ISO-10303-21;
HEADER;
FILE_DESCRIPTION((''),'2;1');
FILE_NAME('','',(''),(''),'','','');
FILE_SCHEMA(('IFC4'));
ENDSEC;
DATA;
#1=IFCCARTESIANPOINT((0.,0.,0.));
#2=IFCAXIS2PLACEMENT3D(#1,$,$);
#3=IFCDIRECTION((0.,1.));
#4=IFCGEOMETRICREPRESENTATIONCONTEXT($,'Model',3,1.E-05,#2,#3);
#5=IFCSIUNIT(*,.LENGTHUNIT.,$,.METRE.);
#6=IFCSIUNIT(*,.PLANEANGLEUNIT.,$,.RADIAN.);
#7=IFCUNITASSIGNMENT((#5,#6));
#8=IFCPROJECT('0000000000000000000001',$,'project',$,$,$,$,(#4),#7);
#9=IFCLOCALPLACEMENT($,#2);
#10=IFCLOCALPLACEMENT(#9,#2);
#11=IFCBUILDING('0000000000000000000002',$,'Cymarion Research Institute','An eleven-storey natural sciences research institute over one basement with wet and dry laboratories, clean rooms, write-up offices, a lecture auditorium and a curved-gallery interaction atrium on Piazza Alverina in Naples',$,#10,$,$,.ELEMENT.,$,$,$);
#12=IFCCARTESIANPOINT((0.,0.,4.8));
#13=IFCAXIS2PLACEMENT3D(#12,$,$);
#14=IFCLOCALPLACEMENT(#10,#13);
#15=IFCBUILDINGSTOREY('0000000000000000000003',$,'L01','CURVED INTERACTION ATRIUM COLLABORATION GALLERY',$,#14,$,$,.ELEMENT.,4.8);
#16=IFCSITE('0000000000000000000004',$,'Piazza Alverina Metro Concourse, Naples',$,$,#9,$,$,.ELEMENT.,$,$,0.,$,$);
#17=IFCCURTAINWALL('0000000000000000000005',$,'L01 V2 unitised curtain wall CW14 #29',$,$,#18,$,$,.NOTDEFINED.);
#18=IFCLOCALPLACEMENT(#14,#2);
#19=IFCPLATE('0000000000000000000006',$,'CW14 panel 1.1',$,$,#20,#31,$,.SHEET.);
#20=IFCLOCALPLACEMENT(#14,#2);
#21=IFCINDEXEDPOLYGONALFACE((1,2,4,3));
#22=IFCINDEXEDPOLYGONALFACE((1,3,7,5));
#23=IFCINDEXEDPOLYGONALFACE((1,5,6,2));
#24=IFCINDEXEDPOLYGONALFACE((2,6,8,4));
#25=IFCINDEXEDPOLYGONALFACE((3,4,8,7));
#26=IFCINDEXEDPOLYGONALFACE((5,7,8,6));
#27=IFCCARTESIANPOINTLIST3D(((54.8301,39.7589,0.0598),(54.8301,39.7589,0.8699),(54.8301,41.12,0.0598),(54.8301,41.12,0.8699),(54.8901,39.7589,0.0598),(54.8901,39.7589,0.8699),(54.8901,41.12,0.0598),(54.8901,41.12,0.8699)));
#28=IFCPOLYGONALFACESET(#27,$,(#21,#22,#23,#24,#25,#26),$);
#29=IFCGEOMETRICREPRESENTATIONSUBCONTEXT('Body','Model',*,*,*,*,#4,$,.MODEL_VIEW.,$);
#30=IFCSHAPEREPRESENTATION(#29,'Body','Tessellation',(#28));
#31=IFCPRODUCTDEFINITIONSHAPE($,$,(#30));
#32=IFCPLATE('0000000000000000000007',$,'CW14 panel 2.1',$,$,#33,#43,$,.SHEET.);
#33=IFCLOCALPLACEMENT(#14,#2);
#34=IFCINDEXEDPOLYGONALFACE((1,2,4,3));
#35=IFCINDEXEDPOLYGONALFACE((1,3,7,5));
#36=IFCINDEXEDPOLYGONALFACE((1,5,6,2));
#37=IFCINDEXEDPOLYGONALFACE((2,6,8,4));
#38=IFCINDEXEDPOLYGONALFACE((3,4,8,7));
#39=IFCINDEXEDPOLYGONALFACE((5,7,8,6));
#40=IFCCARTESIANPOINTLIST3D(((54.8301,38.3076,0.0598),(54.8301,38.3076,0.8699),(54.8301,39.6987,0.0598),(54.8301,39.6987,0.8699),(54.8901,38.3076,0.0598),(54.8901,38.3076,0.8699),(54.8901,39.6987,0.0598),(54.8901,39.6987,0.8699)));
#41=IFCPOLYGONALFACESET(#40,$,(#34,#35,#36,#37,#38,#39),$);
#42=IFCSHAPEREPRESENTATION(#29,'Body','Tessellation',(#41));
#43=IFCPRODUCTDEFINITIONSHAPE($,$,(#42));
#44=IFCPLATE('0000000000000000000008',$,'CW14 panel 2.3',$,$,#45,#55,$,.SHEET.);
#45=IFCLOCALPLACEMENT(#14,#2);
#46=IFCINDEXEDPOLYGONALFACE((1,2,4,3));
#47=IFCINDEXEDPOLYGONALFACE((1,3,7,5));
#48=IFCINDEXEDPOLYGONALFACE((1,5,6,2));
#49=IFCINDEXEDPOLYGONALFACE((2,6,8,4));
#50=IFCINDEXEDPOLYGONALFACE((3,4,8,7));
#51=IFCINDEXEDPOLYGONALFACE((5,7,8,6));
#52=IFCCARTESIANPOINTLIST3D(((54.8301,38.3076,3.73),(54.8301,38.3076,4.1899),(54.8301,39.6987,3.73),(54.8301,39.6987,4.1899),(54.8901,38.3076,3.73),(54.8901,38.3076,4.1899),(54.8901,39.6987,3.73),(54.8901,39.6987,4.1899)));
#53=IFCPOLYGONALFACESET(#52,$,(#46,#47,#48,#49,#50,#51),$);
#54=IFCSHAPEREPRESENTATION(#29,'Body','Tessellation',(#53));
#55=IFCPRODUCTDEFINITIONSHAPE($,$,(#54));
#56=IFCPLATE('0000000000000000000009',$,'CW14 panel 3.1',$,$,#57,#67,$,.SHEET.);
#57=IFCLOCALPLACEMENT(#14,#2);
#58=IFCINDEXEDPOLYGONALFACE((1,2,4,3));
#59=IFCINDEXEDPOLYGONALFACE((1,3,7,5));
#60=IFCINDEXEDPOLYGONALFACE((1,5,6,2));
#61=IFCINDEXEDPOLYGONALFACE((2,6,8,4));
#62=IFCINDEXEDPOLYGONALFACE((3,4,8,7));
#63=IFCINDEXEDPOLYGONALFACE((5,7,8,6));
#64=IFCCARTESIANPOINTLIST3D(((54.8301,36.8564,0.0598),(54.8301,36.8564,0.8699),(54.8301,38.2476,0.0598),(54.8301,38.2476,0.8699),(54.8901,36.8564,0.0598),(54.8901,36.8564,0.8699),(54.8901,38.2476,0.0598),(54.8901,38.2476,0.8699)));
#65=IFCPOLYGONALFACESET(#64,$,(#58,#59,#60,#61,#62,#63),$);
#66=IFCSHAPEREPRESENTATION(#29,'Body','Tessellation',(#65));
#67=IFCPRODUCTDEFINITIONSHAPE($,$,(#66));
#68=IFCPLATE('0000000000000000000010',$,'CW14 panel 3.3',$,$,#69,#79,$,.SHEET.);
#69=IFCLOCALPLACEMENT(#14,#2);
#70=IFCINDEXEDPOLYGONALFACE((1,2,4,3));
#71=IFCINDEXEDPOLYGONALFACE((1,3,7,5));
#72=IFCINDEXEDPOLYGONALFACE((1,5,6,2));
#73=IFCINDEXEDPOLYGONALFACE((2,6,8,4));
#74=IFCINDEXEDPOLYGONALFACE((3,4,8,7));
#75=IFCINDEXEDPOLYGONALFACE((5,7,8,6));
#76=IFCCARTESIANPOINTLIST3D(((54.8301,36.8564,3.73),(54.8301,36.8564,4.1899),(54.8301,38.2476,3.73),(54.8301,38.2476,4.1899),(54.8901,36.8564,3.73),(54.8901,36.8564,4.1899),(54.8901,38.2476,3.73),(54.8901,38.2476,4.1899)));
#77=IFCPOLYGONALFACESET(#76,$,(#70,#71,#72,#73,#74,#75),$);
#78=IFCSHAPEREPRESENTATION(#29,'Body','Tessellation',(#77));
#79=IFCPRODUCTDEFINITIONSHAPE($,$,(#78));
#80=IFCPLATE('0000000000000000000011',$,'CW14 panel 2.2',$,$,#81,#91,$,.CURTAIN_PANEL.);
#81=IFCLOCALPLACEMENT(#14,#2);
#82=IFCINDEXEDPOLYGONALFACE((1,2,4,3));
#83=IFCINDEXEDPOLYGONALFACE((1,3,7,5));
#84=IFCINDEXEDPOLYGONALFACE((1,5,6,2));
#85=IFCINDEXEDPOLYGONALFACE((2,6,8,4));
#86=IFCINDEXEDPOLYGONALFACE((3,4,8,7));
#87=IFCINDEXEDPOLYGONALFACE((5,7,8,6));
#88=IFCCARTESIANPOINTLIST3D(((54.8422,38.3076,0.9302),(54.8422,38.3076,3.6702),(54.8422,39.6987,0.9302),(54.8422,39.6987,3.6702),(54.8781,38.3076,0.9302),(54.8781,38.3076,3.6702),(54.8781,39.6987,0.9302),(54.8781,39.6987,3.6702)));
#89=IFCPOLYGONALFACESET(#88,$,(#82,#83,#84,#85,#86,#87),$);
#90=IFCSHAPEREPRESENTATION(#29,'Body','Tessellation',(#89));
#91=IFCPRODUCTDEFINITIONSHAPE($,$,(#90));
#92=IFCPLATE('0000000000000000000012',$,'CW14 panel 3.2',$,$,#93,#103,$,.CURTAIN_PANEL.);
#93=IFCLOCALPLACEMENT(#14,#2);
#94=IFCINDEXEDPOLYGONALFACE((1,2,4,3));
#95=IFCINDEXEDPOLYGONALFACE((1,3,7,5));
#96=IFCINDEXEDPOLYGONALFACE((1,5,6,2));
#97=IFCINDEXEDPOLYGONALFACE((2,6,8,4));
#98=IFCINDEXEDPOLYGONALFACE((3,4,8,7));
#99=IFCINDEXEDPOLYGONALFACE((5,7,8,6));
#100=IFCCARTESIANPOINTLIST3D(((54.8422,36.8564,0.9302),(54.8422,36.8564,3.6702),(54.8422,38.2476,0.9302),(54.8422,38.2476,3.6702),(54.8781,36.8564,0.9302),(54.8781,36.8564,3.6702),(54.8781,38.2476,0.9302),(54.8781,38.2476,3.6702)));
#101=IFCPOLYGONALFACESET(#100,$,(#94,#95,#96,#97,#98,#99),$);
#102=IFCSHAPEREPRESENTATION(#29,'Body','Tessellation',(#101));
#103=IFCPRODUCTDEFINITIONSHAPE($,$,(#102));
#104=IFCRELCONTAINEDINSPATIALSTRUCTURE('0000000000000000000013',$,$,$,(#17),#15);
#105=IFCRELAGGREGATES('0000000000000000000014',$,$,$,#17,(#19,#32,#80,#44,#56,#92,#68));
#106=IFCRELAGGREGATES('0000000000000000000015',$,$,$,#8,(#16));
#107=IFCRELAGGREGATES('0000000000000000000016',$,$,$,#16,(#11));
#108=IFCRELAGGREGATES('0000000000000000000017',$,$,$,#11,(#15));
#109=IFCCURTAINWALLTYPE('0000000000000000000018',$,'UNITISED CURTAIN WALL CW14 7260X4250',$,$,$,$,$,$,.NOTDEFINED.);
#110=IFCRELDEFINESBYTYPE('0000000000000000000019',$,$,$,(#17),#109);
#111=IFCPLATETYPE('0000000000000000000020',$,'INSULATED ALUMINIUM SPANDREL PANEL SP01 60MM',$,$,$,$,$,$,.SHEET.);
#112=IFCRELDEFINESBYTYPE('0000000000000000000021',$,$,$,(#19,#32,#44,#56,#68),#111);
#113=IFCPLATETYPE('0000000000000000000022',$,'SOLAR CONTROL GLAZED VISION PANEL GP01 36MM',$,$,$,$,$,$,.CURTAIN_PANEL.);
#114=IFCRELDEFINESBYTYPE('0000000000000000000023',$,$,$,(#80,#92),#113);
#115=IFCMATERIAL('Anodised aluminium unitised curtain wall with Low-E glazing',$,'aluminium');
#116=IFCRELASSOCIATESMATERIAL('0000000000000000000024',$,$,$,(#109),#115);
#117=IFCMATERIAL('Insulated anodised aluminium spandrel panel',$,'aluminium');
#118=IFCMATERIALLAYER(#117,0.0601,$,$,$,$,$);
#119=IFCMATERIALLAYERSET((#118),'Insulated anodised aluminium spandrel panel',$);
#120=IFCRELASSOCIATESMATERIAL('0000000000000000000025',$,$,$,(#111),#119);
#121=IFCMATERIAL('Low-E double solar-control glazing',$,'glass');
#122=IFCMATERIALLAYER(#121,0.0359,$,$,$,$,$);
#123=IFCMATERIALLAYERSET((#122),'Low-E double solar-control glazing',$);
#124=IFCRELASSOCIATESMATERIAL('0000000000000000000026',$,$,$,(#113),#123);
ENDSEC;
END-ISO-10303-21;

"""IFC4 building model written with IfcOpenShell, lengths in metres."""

from ifc_helpers import new_model, si_unit, direction, frame, origin, origin_2d, place, context, subcontext, project, spatial, rectangle, extrude, material, layer, layer_set, type_object, element, aggregate, save


model = new_model("IFC4")

# Units and contexts
model_context = context("Model", 3, precision=1e-05, world=origin(), true_north=direction((0.0, 1.0)))
body_context = subcontext(model_context, "Body", "Model", "MODEL_VIEW")
ifc_project = project(units=[si_unit("LENGTHUNIT", "METRE"), si_unit("PLANEANGLEUNIT", "RADIAN")], contexts=[model_context])

# Site, building, storey
site_placement = place(None, origin())
site = spatial("IfcSite", under=ifc_project, at=site_placement, Name="Piazza Alverina Metro Concourse, Naples", CompositionType="ELEMENT", RefElevation=0.0)
building_placement = place(site_placement, origin())
building = spatial("IfcBuilding", under=site, at=building_placement, Name="Cymarion Research Institute", Description="An eleven-storey natural sciences research institute over one basement with wet and dry laboratories, clean rooms, write-up offices, a lecture auditorium and a curved-gallery interaction atrium on Piazza Alverina in Naples", CompositionType="ELEMENT")
storey_placement = place(building_placement, frame((0.0, 0.0, 4.8)))
storey = spatial("IfcBuildingStorey", under=building, at=storey_placement, Name="L01", Description="CURVED INTERACTION ATRIUM COLLABORATION GALLERY", CompositionType="ELEMENT", Elevation=4.8)

# Curtain wall
ifc_material_1 = material(Name="Anodised aluminium unitised curtain wall with Low-E glazing", Category="aluminium")
curtain_wall_type = type_object("IfcCurtainWallType", Name="UNITISED CURTAIN WALL CW14 7260X4250", PredefinedType="NOTDEFINED", material=ifc_material_1)
curtain_wall_placement = place(storey_placement, origin())
curtain_wall = element("IfcCurtainWall", 1, at=curtain_wall_placement, inside=storey, type_object=curtain_wall_type, Name="L01 V2 unitised curtain wall CW14 #29", PredefinedType="NOTDEFINED")

# Plates
ifc_material_2 = material(Name="Insulated anodised aluminium spandrel panel", Category="aluminium")
ifc_layer_1 = layer(ifc_material_2, 0.0601)
ifc_layer_set_1 = layer_set([ifc_layer_1], Name="Insulated anodised aluminium spandrel panel")
plate_type_1 = type_object("IfcPlateType", Name="INSULATED ALUMINIUM SPANDREL PANEL SP01 60MM", PredefinedType="SHEET", material=ifc_layer_set_1)
plate_1_placement = place(storey_placement, frame((54.8601, 40.4395, 0.0598), z_axis=(0.0, 0.0, 1.0), x_axis=(0.0, -1.0, 0.0)))
plate_1 = element("IfcPlate", 2, at=plate_1_placement, type_object=plate_type_1, Name="CW14 panel 1.1", PredefinedType="SHEET", context=body_context, shape_type="SweptSolid", body=[
    extrude(rectangle(XDim=1.3611, YDim=0.0601, at=origin_2d()), origin(), (0.0, 0.0, 1.0), 0.8101),
])
plate_2_placement = place(storey_placement, frame((54.8601, 39.0032, 0.0598), z_axis=(0.0, 0.0, 1.0), x_axis=(0.0, -1.0, 0.0)))
plate_2 = element("IfcPlate", 3, at=plate_2_placement, type_object=plate_type_1, Name="CW14 panel 2.1", PredefinedType="SHEET", context=body_context, shape_type="SweptSolid", body=[
    extrude(rectangle(XDim=1.3911, YDim=0.0601, at=origin_2d()), origin(), (0.0, 0.0, 1.0), 0.8101),
])
plate_3_placement = place(storey_placement, frame((54.8601, 39.0032, 3.73), z_axis=(0.0, 0.0, 1.0), x_axis=(0.0, -1.0, 0.0)))
plate_3 = element("IfcPlate", 4, at=plate_3_placement, type_object=plate_type_1, Name="CW14 panel 2.3", PredefinedType="SHEET", context=body_context, shape_type="SweptSolid", body=[
    extrude(rectangle(XDim=1.3911, YDim=0.0601, at=origin_2d()), origin(), (0.0, 0.0, 1.0), 0.46),
])
plate_4_placement = place(storey_placement, frame((54.8601, 37.552, 0.0598), z_axis=(0.0, 0.0, 1.0), x_axis=(0.0, -1.0, 0.0)))
plate_4 = element("IfcPlate", 5, at=plate_4_placement, type_object=plate_type_1, Name="CW14 panel 3.1", PredefinedType="SHEET", context=body_context, shape_type="SweptSolid", body=[
    extrude(rectangle(XDim=1.3911, YDim=0.0601, at=origin_2d()), origin(), (0.0, 0.0, 1.0), 0.8101),
])
plate_5_placement = place(storey_placement, frame((54.8601, 37.552, 3.73), z_axis=(0.0, 0.0, 1.0), x_axis=(0.0, -1.0, 0.0)))
plate_5 = element("IfcPlate", 6, at=plate_5_placement, type_object=plate_type_1, Name="CW14 panel 3.3", PredefinedType="SHEET", context=body_context, shape_type="SweptSolid", body=[
    extrude(rectangle(XDim=1.3911, YDim=0.0601, at=origin_2d()), origin(), (0.0, 0.0, 1.0), 0.46),
])
ifc_material_3 = material(Name="Low-E double solar-control glazing", Category="glass")
ifc_layer_2 = layer(ifc_material_3, 0.0359)
ifc_layer_set_2 = layer_set([ifc_layer_2], Name="Low-E double solar-control glazing")
plate_type_2 = type_object("IfcPlateType", Name="SOLAR CONTROL GLAZED VISION PANEL GP01 36MM", PredefinedType="CURTAIN_PANEL", material=ifc_layer_set_2)
plate_6_placement = place(storey_placement, frame((54.8601, 39.0032, 0.9302), z_axis=(0.0, 0.0, 1.0), x_axis=(0.0, -1.0, 0.0)))
plate_6 = element("IfcPlate", 7, at=plate_6_placement, type_object=plate_type_2, Name="CW14 panel 2.2", PredefinedType="CURTAIN_PANEL", context=body_context, shape_type="SweptSolid", body=[
    extrude(rectangle(XDim=1.3911, YDim=0.0359, at=origin_2d()), origin(), (0.0, 0.0, 1.0), 2.74),
])
plate_7_placement = place(storey_placement, frame((54.8601, 37.552, 0.9302), z_axis=(0.0, 0.0, 1.0), x_axis=(0.0, -1.0, 0.0)))
plate_7 = element("IfcPlate", 8, at=plate_7_placement, type_object=plate_type_2, Name="CW14 panel 3.2", PredefinedType="CURTAIN_PANEL", context=body_context, shape_type="SweptSolid", body=[
    extrude(rectangle(XDim=1.3911, YDim=0.0359, at=origin_2d()), origin(), (0.0, 0.0, 1.0), 2.74),
])
aggregate(curtain_wall, [plate_1, plate_2, plate_6, plate_3, plate_4, plate_7, plate_5])

save(model, "model.ifc")
